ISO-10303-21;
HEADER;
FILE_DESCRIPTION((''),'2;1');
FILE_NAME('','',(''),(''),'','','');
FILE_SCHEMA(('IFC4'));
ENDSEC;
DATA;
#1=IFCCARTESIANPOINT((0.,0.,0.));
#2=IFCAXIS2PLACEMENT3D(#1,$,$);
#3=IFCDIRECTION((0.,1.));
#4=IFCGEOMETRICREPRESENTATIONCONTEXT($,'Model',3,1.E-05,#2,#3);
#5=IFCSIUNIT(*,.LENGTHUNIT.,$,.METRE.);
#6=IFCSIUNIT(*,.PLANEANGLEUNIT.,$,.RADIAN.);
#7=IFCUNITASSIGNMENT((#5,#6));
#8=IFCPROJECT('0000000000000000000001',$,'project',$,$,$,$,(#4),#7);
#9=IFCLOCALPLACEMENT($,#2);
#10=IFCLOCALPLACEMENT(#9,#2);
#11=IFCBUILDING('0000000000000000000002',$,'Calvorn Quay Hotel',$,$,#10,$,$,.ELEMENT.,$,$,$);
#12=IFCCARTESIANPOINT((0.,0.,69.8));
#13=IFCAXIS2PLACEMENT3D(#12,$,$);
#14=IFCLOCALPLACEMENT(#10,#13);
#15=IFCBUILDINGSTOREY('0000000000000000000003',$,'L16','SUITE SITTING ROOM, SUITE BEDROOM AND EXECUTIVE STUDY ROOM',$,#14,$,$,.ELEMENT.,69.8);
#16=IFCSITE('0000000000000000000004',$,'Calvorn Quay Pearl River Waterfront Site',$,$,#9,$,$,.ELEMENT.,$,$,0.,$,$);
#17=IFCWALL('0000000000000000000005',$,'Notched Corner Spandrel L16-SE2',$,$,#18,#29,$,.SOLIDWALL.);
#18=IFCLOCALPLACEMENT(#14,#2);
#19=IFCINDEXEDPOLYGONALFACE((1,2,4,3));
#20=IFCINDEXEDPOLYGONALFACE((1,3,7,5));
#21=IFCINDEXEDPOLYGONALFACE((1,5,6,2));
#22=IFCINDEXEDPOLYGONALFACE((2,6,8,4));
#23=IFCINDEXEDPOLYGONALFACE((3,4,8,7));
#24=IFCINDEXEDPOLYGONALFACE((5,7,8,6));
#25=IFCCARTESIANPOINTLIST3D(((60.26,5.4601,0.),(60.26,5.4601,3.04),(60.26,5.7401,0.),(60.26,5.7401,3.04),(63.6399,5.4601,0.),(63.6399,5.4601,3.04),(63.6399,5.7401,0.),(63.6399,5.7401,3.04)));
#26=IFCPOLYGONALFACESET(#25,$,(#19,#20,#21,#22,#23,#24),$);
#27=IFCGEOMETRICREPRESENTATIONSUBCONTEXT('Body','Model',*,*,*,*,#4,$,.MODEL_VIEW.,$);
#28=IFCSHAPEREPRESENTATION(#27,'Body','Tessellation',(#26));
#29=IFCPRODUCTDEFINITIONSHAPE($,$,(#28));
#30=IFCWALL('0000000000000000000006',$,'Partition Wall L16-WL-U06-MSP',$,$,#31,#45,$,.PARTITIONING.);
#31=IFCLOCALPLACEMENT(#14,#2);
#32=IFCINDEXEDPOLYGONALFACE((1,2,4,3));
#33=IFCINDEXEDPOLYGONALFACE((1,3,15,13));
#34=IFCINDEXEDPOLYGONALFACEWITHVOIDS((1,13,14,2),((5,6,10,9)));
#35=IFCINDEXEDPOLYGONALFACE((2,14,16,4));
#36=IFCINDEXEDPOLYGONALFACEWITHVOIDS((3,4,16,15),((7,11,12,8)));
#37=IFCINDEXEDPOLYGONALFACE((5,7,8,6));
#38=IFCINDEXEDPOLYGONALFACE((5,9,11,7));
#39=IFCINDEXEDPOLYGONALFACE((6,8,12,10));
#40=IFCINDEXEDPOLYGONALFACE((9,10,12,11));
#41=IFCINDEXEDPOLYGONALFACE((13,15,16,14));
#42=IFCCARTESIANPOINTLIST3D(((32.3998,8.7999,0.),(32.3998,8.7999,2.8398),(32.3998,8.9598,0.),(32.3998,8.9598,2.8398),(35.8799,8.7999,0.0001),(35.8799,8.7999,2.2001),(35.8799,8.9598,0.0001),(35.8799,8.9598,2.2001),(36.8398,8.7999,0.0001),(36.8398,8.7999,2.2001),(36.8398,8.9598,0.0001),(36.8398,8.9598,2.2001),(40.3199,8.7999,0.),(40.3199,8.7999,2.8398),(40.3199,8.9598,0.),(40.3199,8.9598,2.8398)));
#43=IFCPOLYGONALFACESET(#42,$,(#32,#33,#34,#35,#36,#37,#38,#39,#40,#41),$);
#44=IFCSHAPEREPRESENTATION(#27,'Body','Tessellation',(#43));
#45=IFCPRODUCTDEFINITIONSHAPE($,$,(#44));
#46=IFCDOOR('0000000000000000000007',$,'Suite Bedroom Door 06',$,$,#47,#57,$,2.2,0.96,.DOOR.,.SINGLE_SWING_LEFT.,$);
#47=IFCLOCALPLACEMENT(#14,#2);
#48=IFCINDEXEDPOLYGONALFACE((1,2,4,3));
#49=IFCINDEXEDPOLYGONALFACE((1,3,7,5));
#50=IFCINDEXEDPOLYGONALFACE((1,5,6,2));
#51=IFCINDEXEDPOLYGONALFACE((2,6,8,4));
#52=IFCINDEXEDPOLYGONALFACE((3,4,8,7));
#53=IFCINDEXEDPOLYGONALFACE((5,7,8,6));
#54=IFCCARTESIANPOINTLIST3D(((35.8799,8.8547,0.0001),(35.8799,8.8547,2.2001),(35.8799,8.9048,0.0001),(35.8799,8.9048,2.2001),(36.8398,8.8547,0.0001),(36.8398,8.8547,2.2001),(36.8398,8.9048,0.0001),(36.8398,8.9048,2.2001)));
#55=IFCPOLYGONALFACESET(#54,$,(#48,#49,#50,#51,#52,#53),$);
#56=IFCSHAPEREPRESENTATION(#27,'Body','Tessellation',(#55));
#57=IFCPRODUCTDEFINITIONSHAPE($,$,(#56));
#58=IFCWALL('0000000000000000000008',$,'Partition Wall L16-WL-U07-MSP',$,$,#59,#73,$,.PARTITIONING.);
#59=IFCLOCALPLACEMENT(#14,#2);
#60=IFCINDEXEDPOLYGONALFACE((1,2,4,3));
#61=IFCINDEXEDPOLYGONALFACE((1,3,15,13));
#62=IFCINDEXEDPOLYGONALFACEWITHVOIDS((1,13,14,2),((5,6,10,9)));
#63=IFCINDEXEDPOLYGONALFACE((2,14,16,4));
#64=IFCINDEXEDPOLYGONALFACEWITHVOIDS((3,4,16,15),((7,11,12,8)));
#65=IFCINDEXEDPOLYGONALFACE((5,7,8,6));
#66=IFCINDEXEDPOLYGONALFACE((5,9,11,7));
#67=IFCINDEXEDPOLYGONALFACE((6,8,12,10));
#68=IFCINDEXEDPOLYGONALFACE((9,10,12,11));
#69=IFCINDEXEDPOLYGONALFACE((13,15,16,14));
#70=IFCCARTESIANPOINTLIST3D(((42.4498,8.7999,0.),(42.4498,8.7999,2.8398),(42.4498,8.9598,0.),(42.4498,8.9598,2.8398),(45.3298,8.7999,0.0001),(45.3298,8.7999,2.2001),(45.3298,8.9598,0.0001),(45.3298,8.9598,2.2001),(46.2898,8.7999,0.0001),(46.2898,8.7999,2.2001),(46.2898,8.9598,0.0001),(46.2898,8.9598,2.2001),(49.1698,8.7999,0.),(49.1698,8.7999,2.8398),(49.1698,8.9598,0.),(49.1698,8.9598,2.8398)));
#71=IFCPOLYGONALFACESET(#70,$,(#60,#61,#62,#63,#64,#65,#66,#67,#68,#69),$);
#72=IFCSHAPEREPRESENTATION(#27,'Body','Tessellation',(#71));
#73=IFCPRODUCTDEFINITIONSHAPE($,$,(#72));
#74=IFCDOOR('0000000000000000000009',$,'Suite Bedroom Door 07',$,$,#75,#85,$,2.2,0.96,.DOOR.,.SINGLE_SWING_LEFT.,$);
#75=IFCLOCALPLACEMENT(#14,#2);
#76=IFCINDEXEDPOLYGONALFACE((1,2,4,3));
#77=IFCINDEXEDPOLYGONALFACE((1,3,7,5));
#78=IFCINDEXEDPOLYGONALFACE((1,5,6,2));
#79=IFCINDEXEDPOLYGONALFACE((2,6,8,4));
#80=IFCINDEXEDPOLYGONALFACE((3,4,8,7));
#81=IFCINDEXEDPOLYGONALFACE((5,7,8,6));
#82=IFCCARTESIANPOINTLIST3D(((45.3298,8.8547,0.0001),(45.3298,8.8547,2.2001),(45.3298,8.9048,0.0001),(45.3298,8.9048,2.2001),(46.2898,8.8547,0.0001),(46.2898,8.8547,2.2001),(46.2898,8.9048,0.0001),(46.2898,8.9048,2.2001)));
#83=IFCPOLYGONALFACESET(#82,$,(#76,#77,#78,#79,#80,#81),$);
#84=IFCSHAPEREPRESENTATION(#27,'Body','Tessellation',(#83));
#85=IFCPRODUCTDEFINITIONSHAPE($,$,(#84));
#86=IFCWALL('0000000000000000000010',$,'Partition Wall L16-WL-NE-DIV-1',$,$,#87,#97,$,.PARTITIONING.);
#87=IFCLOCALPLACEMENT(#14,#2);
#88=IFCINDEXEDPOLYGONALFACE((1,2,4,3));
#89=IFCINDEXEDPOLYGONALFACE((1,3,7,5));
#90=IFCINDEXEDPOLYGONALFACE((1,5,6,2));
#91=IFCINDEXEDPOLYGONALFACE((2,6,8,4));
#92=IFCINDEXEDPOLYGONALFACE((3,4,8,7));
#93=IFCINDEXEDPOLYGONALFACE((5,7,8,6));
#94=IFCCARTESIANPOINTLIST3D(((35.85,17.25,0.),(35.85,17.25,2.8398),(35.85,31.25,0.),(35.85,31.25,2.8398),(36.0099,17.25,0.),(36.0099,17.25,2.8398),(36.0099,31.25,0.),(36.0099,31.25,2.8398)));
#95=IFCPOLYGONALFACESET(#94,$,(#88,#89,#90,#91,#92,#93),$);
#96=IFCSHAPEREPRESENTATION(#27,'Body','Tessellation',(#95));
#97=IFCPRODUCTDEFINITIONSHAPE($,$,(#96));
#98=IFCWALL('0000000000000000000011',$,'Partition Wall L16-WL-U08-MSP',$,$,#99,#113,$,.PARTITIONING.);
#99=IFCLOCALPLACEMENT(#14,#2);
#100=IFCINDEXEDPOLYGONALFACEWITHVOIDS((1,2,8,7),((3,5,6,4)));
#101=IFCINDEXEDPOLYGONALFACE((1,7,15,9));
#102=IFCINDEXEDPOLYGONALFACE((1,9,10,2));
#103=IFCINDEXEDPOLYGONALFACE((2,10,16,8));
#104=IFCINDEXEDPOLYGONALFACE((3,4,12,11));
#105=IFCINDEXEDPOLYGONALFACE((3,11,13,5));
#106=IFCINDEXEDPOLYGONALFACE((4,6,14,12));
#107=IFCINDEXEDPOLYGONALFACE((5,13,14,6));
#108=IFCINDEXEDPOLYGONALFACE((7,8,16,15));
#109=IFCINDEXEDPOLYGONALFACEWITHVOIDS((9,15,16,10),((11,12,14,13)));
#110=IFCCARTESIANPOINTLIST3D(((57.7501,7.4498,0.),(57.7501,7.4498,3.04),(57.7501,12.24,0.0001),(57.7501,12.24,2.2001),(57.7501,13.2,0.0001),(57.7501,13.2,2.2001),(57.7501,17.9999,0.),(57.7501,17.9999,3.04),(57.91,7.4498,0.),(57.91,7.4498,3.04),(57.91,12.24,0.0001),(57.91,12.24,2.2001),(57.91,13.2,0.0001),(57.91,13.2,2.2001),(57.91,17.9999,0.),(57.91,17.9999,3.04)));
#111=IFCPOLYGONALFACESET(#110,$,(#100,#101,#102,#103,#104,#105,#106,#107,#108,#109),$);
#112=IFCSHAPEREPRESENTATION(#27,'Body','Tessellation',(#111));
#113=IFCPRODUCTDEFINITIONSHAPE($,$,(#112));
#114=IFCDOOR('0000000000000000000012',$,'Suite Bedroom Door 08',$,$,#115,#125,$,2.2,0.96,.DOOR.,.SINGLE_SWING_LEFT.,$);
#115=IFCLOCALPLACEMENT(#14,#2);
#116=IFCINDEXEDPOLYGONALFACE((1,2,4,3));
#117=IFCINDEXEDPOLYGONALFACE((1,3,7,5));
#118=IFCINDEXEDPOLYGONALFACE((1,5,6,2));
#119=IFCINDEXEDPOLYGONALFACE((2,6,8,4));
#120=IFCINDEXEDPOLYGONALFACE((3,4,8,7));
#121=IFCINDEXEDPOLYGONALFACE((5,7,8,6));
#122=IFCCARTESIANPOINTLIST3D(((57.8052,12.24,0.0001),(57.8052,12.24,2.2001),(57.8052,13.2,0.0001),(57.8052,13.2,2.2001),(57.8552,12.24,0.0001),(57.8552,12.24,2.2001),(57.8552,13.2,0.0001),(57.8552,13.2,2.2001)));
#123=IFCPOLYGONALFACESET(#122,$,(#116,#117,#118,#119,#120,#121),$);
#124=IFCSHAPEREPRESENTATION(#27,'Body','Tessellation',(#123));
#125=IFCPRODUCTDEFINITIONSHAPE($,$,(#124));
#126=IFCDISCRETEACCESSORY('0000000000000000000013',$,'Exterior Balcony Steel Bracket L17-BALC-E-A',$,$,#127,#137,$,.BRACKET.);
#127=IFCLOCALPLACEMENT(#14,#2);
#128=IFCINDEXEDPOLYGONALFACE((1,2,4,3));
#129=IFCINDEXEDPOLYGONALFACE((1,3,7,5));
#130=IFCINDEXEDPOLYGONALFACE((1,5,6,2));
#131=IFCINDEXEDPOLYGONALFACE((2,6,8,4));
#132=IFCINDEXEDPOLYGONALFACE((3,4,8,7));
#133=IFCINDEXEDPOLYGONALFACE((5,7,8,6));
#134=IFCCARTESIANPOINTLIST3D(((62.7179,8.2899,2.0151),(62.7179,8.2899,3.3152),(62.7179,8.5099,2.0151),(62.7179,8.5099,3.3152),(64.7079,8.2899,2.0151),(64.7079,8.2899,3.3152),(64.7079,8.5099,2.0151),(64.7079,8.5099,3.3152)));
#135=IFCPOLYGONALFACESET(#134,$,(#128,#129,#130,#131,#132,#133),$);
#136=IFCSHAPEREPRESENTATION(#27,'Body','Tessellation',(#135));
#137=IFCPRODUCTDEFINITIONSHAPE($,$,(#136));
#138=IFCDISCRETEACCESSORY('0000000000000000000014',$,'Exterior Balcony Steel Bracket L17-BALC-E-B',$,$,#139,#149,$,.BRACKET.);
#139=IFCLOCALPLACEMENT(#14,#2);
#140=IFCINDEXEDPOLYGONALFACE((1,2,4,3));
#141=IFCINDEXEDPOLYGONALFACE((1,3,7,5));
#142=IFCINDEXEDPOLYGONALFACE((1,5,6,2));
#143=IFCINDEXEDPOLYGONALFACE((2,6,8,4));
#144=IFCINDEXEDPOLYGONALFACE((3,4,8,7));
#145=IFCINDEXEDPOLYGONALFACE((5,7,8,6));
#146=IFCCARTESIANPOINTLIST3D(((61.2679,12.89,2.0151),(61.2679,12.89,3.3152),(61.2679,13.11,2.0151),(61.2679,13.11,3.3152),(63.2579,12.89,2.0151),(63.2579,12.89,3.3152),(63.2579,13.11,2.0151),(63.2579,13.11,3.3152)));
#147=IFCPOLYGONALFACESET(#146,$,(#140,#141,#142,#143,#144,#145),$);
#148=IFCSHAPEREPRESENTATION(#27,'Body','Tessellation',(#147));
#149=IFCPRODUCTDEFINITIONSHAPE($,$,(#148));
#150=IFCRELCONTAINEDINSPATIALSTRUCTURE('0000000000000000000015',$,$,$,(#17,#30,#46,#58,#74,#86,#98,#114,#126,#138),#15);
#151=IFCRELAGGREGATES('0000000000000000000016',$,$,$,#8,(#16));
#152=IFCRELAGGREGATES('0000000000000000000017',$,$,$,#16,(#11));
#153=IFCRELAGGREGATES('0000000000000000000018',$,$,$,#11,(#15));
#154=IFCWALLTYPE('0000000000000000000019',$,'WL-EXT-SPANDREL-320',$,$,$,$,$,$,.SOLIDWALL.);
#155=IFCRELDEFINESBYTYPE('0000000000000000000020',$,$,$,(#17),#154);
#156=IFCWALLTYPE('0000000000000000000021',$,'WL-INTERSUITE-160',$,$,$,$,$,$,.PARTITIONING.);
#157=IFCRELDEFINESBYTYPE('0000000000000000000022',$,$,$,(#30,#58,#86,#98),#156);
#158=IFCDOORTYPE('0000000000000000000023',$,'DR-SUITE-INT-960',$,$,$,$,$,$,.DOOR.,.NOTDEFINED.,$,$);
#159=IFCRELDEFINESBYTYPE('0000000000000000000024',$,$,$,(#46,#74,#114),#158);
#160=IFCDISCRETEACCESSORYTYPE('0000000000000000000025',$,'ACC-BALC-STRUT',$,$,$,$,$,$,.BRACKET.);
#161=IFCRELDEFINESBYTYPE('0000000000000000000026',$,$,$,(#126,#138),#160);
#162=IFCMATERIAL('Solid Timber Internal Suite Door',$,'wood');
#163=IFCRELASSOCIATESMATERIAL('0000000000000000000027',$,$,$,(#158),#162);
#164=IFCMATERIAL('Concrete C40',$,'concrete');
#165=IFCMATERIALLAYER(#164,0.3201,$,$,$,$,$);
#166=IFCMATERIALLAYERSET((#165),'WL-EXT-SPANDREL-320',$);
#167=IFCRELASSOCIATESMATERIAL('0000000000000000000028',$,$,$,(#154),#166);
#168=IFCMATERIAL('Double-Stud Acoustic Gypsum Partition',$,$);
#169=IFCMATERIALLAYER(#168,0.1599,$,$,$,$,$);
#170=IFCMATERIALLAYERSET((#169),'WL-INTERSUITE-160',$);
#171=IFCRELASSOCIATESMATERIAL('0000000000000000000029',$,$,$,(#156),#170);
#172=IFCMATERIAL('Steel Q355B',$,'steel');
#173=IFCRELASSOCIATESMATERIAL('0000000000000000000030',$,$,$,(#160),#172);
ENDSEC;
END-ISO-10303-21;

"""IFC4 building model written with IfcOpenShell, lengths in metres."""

from ifc_helpers import new_model, si_unit, direction, frame, frame_2d, origin, origin_2d, place, context, subcontext, project, spatial, rectangle, extrude, material, layer, layer_set, type_object, element, fill, save


model = new_model("IFC4")

# Units and contexts
model_context = context("Model", 3, precision=1e-05, world=origin(), true_north=direction((0.0, 1.0)))
body_context = subcontext(model_context, "Body", "Model", "MODEL_VIEW")
ifc_project = project(units=[si_unit("LENGTHUNIT", "METRE"), si_unit("PLANEANGLEUNIT", "RADIAN")], contexts=[model_context])

# Site, building, storey
site_placement = place(None, origin())
site = spatial("IfcSite", under=ifc_project, at=site_placement, Name="Calvorn Quay Pearl River Waterfront Site", CompositionType="ELEMENT", RefElevation=0.0)
building_placement = place(site_placement, origin())
building = spatial("IfcBuilding", under=site, at=building_placement, Name="Calvorn Quay Hotel", CompositionType="ELEMENT")
storey_placement = place(building_placement, frame((0.0, 0.0, 69.8)))
storey = spatial("IfcBuildingStorey", under=building, at=storey_placement, Name="L16", Description="SUITE SITTING ROOM, SUITE BEDROOM AND EXECUTIVE STUDY ROOM", CompositionType="ELEMENT", Elevation=69.8)

# Shared definitions
ifc_material_1 = material(Name="Solid Timber Internal Suite Door", Category="wood")
door_type_1 = type_object("IfcDoorType", Name="DR-SUITE-INT-960", OperationType="NOTDEFINED", PredefinedType="DOOR", material=ifc_material_1)

# Wall
ifc_material_2 = material(Name="Concrete C40", Category="concrete")
ifc_layer_1 = layer(ifc_material_2, 0.3201)
ifc_layer_set_1 = layer_set([ifc_layer_1], Name="WL-EXT-SPANDREL-320")
wall_type_1 = type_object("IfcWallType", Name="WL-EXT-SPANDREL-320", PredefinedType="SOLIDWALL", material=ifc_layer_set_1)
wall_1_placement = place(storey_placement, frame((60.26, 5.6001, 0.0), z_axis=(0.0, 0.0, 1.0), x_axis=(1.0, 0.0, 0.0)))
element("IfcWall", 1, at=wall_1_placement, inside=storey, type_object=wall_type_1, Name="Notched Corner Spandrel L16-SE2", PredefinedType="SOLIDWALL", context=body_context, shape_type="SweptSolid", body=[
    extrude(rectangle(XDim=3.3799, YDim=0.28, at=frame_2d((1.6899, 0.0))), origin(), (0.0, 0.0, 1.0), 3.04),
])

# Walls, openings, doors
ifc_material_3 = material(Name="Double-Stud Acoustic Gypsum Partition")
ifc_layer_2 = layer(ifc_material_3, 0.1599)
ifc_layer_set_2 = layer_set([ifc_layer_2], Name="WL-INTERSUITE-160")
wall_type_2 = type_object("IfcWallType", Name="WL-INTERSUITE-160", PredefinedType="PARTITIONING", material=ifc_layer_set_2)
wall_2_placement = place(storey_placement, frame((32.3999, 8.8799, 0.0), z_axis=(0.0, 0.0, 1.0), x_axis=(1.0, 0.0, 0.0)))
wall_2 = element("IfcWall", 2, at=wall_2_placement, inside=storey, type_object=wall_type_2, Name="Partition Wall L16-WL-U06-MSP", PredefinedType="PARTITIONING", context=body_context, shape_type="SweptSolid", body=[
    extrude(rectangle(XDim=7.9202, YDim=0.1599, at=frame_2d((3.96, 0.0))), origin(), (0.0, 0.0, 1.0), 2.8398),
])
opening_1_placement = place(wall_2_placement, frame((3.48, 0.0, 0.0)))
opening_1 = element("IfcOpeningElement", 3, at=opening_1_placement, cuts=wall_2, PredefinedType="OPENING", context=body_context, shape_type="SweptSolid", body=[
    extrude(rectangle(XDim=0.96, YDim=2.2, at=frame_2d((0.48, 1.1001))), frame((0.0, 0.0898, 0.0), z_axis=(0.0, -1.0, 0.0), x_axis=(1.0, 0.0, 0.0)), (0.0, 0.0, 1.0), 0.1799),
])
door_1_placement = place(opening_1_placement, origin())
door_1 = element("IfcDoor", 4, at=door_1_placement, inside=storey, type_object=door_type_1, Name="Suite Bedroom Door 06", OperationType="SINGLE_SWING_LEFT", OverallHeight=2.2, OverallWidth=0.96, PredefinedType="DOOR", context=body_context, shape_type="SweptSolid", body=[
    extrude(rectangle(XDim=0.96, YDim=2.2, at=frame_2d((0.48, 1.1001))), frame((0.0, 0.0249, 0.0), z_axis=(0.0, -1.0, 0.0), x_axis=(1.0, 0.0, 0.0)), (0.0, 0.0, 1.0), 0.05),
])
fill(opening_1, door_1)
wall_3_placement = place(storey_placement, frame((42.45, 8.8799, 0.0), z_axis=(0.0, 0.0, 1.0), x_axis=(1.0, 0.0, 0.0)))
wall_3 = element("IfcWall", 5, at=wall_3_placement, inside=storey, type_object=wall_type_2, Name="Partition Wall L16-WL-U07-MSP", PredefinedType="PARTITIONING", context=body_context, shape_type="SweptSolid", body=[
    extrude(rectangle(XDim=6.72, YDim=0.1599, at=frame_2d((3.3599, 0.0))), origin(), (0.0, 0.0, 1.0), 2.8398),
])
opening_2_placement = place(wall_3_placement, frame((2.8799, 0.0, 0.0)))
opening_2 = element("IfcOpeningElement", 6, at=opening_2_placement, cuts=wall_3, PredefinedType="OPENING", context=body_context, shape_type="SweptSolid", body=[
    extrude(rectangle(XDim=0.96, YDim=2.2, at=frame_2d((0.48, 1.1001))), frame((0.0, 0.0898, 0.0), z_axis=(0.0, -1.0, 0.0), x_axis=(1.0, 0.0, 0.0)), (0.0, 0.0, 1.0), 0.1799),
])
door_2_placement = place(opening_2_placement, origin())
door_2 = element("IfcDoor", 7, at=door_2_placement, inside=storey, type_object=door_type_1, Name="Suite Bedroom Door 07", OperationType="SINGLE_SWING_LEFT", OverallHeight=2.2, OverallWidth=0.96, PredefinedType="DOOR", context=body_context, shape_type="SweptSolid", body=[
    extrude(rectangle(XDim=0.96, YDim=2.2, at=frame_2d((0.48, 1.1001))), frame((0.0, 0.0249, 0.0), z_axis=(0.0, -1.0, 0.0), x_axis=(1.0, 0.0, 0.0)), (0.0, 0.0, 1.0), 0.05),
])
fill(opening_2, door_2)

# Wall
wall_4_placement = place(storey_placement, frame((35.9299, 17.25, 0.0), z_axis=(0.0, 0.0, 1.0), x_axis=(0.0, 1.0, 0.0)))
element("IfcWall", 8, at=wall_4_placement, inside=storey, type_object=wall_type_2, Name="Partition Wall L16-WL-NE-DIV-1", PredefinedType="PARTITIONING", context=body_context, shape_type="SweptSolid", body=[
    extrude(rectangle(XDim=14.0, YDim=0.1599, at=frame_2d((7.0, 0.0))), origin(), (0.0, 0.0, 1.0), 2.8398),
])

# Wall, opening, door
wall_5_placement = place(storey_placement, frame((57.8301, 7.45, 0.0), z_axis=(0.0, 0.0, 1.0), x_axis=(0.0, 1.0, 0.0)))
wall_5 = element("IfcWall", 9, at=wall_5_placement, inside=storey, type_object=wall_type_2, Name="Partition Wall L16-WL-U08-MSP", PredefinedType="PARTITIONING", context=body_context, shape_type="SweptSolid", body=[
    extrude(rectangle(XDim=10.55, YDim=0.1599, at=frame_2d((5.2749, 0.0))), origin(), (0.0, 0.0, 1.0), 3.04),
])
opening_3_placement = place(wall_5_placement, frame((4.79, 0.0, 0.0)))
opening_3 = element("IfcOpeningElement", 10, at=opening_3_placement, cuts=wall_5, PredefinedType="OPENING", context=body_context, shape_type="SweptSolid", body=[
    extrude(rectangle(XDim=0.96, YDim=2.2, at=frame_2d((0.48, 1.1001))), frame((0.0, 0.0898, 0.0), z_axis=(0.0, -1.0, 0.0), x_axis=(1.0, 0.0, 0.0)), (0.0, 0.0, 1.0), 0.1799),
])
door_3_placement = place(opening_3_placement, origin())
door_3 = element("IfcDoor", 11, at=door_3_placement, inside=storey, type_object=door_type_1, Name="Suite Bedroom Door 08", OperationType="SINGLE_SWING_LEFT", OverallHeight=2.2, OverallWidth=0.96, PredefinedType="DOOR", context=body_context, shape_type="SweptSolid", body=[
    extrude(rectangle(XDim=0.96, YDim=2.2, at=frame_2d((0.48, 1.1001))), frame((0.0, 0.0249, 0.0), z_axis=(0.0, -1.0, 0.0), x_axis=(1.0, 0.0, 0.0)), (0.0, 0.0, 1.0), 0.05),
])
fill(opening_3, door_3)

# Discrete accessories
ifc_material_4 = material(Name="Steel Q355B", Category="steel")
discrete_accessory_type = type_object("IfcDiscreteAccessoryType", Name="ACC-BALC-STRUT", PredefinedType="BRACKET", material=ifc_material_4)
for number, where, z_axis, x_axis, name in (
    (12, (63.7129, 8.3999, 2.0151), (0.0, 0.0, 1.0), (1.0, 0.0, 0.0), "Exterior Balcony Steel Bracket L17-BALC-E-A"),
    (13, (62.2629, 13.0, 2.0151), (0.0, 0.0, 1.0), (1.0, 0.0, 0.0), "Exterior Balcony Steel Bracket L17-BALC-E-B"),
):
    element("IfcDiscreteAccessory", number, at=place(storey_placement, frame(where, z_axis=z_axis, x_axis=x_axis)), inside=storey, type_object=discrete_accessory_type, Name=name, PredefinedType="BRACKET", context=body_context, shape_type="SweptSolid", body=[
        extrude(rectangle(XDim=1.99, YDim=0.22, at=origin_2d()), origin(), (0.0, 0.0, 1.0), 1.3),
    ])

save(model, "model.ifc")
